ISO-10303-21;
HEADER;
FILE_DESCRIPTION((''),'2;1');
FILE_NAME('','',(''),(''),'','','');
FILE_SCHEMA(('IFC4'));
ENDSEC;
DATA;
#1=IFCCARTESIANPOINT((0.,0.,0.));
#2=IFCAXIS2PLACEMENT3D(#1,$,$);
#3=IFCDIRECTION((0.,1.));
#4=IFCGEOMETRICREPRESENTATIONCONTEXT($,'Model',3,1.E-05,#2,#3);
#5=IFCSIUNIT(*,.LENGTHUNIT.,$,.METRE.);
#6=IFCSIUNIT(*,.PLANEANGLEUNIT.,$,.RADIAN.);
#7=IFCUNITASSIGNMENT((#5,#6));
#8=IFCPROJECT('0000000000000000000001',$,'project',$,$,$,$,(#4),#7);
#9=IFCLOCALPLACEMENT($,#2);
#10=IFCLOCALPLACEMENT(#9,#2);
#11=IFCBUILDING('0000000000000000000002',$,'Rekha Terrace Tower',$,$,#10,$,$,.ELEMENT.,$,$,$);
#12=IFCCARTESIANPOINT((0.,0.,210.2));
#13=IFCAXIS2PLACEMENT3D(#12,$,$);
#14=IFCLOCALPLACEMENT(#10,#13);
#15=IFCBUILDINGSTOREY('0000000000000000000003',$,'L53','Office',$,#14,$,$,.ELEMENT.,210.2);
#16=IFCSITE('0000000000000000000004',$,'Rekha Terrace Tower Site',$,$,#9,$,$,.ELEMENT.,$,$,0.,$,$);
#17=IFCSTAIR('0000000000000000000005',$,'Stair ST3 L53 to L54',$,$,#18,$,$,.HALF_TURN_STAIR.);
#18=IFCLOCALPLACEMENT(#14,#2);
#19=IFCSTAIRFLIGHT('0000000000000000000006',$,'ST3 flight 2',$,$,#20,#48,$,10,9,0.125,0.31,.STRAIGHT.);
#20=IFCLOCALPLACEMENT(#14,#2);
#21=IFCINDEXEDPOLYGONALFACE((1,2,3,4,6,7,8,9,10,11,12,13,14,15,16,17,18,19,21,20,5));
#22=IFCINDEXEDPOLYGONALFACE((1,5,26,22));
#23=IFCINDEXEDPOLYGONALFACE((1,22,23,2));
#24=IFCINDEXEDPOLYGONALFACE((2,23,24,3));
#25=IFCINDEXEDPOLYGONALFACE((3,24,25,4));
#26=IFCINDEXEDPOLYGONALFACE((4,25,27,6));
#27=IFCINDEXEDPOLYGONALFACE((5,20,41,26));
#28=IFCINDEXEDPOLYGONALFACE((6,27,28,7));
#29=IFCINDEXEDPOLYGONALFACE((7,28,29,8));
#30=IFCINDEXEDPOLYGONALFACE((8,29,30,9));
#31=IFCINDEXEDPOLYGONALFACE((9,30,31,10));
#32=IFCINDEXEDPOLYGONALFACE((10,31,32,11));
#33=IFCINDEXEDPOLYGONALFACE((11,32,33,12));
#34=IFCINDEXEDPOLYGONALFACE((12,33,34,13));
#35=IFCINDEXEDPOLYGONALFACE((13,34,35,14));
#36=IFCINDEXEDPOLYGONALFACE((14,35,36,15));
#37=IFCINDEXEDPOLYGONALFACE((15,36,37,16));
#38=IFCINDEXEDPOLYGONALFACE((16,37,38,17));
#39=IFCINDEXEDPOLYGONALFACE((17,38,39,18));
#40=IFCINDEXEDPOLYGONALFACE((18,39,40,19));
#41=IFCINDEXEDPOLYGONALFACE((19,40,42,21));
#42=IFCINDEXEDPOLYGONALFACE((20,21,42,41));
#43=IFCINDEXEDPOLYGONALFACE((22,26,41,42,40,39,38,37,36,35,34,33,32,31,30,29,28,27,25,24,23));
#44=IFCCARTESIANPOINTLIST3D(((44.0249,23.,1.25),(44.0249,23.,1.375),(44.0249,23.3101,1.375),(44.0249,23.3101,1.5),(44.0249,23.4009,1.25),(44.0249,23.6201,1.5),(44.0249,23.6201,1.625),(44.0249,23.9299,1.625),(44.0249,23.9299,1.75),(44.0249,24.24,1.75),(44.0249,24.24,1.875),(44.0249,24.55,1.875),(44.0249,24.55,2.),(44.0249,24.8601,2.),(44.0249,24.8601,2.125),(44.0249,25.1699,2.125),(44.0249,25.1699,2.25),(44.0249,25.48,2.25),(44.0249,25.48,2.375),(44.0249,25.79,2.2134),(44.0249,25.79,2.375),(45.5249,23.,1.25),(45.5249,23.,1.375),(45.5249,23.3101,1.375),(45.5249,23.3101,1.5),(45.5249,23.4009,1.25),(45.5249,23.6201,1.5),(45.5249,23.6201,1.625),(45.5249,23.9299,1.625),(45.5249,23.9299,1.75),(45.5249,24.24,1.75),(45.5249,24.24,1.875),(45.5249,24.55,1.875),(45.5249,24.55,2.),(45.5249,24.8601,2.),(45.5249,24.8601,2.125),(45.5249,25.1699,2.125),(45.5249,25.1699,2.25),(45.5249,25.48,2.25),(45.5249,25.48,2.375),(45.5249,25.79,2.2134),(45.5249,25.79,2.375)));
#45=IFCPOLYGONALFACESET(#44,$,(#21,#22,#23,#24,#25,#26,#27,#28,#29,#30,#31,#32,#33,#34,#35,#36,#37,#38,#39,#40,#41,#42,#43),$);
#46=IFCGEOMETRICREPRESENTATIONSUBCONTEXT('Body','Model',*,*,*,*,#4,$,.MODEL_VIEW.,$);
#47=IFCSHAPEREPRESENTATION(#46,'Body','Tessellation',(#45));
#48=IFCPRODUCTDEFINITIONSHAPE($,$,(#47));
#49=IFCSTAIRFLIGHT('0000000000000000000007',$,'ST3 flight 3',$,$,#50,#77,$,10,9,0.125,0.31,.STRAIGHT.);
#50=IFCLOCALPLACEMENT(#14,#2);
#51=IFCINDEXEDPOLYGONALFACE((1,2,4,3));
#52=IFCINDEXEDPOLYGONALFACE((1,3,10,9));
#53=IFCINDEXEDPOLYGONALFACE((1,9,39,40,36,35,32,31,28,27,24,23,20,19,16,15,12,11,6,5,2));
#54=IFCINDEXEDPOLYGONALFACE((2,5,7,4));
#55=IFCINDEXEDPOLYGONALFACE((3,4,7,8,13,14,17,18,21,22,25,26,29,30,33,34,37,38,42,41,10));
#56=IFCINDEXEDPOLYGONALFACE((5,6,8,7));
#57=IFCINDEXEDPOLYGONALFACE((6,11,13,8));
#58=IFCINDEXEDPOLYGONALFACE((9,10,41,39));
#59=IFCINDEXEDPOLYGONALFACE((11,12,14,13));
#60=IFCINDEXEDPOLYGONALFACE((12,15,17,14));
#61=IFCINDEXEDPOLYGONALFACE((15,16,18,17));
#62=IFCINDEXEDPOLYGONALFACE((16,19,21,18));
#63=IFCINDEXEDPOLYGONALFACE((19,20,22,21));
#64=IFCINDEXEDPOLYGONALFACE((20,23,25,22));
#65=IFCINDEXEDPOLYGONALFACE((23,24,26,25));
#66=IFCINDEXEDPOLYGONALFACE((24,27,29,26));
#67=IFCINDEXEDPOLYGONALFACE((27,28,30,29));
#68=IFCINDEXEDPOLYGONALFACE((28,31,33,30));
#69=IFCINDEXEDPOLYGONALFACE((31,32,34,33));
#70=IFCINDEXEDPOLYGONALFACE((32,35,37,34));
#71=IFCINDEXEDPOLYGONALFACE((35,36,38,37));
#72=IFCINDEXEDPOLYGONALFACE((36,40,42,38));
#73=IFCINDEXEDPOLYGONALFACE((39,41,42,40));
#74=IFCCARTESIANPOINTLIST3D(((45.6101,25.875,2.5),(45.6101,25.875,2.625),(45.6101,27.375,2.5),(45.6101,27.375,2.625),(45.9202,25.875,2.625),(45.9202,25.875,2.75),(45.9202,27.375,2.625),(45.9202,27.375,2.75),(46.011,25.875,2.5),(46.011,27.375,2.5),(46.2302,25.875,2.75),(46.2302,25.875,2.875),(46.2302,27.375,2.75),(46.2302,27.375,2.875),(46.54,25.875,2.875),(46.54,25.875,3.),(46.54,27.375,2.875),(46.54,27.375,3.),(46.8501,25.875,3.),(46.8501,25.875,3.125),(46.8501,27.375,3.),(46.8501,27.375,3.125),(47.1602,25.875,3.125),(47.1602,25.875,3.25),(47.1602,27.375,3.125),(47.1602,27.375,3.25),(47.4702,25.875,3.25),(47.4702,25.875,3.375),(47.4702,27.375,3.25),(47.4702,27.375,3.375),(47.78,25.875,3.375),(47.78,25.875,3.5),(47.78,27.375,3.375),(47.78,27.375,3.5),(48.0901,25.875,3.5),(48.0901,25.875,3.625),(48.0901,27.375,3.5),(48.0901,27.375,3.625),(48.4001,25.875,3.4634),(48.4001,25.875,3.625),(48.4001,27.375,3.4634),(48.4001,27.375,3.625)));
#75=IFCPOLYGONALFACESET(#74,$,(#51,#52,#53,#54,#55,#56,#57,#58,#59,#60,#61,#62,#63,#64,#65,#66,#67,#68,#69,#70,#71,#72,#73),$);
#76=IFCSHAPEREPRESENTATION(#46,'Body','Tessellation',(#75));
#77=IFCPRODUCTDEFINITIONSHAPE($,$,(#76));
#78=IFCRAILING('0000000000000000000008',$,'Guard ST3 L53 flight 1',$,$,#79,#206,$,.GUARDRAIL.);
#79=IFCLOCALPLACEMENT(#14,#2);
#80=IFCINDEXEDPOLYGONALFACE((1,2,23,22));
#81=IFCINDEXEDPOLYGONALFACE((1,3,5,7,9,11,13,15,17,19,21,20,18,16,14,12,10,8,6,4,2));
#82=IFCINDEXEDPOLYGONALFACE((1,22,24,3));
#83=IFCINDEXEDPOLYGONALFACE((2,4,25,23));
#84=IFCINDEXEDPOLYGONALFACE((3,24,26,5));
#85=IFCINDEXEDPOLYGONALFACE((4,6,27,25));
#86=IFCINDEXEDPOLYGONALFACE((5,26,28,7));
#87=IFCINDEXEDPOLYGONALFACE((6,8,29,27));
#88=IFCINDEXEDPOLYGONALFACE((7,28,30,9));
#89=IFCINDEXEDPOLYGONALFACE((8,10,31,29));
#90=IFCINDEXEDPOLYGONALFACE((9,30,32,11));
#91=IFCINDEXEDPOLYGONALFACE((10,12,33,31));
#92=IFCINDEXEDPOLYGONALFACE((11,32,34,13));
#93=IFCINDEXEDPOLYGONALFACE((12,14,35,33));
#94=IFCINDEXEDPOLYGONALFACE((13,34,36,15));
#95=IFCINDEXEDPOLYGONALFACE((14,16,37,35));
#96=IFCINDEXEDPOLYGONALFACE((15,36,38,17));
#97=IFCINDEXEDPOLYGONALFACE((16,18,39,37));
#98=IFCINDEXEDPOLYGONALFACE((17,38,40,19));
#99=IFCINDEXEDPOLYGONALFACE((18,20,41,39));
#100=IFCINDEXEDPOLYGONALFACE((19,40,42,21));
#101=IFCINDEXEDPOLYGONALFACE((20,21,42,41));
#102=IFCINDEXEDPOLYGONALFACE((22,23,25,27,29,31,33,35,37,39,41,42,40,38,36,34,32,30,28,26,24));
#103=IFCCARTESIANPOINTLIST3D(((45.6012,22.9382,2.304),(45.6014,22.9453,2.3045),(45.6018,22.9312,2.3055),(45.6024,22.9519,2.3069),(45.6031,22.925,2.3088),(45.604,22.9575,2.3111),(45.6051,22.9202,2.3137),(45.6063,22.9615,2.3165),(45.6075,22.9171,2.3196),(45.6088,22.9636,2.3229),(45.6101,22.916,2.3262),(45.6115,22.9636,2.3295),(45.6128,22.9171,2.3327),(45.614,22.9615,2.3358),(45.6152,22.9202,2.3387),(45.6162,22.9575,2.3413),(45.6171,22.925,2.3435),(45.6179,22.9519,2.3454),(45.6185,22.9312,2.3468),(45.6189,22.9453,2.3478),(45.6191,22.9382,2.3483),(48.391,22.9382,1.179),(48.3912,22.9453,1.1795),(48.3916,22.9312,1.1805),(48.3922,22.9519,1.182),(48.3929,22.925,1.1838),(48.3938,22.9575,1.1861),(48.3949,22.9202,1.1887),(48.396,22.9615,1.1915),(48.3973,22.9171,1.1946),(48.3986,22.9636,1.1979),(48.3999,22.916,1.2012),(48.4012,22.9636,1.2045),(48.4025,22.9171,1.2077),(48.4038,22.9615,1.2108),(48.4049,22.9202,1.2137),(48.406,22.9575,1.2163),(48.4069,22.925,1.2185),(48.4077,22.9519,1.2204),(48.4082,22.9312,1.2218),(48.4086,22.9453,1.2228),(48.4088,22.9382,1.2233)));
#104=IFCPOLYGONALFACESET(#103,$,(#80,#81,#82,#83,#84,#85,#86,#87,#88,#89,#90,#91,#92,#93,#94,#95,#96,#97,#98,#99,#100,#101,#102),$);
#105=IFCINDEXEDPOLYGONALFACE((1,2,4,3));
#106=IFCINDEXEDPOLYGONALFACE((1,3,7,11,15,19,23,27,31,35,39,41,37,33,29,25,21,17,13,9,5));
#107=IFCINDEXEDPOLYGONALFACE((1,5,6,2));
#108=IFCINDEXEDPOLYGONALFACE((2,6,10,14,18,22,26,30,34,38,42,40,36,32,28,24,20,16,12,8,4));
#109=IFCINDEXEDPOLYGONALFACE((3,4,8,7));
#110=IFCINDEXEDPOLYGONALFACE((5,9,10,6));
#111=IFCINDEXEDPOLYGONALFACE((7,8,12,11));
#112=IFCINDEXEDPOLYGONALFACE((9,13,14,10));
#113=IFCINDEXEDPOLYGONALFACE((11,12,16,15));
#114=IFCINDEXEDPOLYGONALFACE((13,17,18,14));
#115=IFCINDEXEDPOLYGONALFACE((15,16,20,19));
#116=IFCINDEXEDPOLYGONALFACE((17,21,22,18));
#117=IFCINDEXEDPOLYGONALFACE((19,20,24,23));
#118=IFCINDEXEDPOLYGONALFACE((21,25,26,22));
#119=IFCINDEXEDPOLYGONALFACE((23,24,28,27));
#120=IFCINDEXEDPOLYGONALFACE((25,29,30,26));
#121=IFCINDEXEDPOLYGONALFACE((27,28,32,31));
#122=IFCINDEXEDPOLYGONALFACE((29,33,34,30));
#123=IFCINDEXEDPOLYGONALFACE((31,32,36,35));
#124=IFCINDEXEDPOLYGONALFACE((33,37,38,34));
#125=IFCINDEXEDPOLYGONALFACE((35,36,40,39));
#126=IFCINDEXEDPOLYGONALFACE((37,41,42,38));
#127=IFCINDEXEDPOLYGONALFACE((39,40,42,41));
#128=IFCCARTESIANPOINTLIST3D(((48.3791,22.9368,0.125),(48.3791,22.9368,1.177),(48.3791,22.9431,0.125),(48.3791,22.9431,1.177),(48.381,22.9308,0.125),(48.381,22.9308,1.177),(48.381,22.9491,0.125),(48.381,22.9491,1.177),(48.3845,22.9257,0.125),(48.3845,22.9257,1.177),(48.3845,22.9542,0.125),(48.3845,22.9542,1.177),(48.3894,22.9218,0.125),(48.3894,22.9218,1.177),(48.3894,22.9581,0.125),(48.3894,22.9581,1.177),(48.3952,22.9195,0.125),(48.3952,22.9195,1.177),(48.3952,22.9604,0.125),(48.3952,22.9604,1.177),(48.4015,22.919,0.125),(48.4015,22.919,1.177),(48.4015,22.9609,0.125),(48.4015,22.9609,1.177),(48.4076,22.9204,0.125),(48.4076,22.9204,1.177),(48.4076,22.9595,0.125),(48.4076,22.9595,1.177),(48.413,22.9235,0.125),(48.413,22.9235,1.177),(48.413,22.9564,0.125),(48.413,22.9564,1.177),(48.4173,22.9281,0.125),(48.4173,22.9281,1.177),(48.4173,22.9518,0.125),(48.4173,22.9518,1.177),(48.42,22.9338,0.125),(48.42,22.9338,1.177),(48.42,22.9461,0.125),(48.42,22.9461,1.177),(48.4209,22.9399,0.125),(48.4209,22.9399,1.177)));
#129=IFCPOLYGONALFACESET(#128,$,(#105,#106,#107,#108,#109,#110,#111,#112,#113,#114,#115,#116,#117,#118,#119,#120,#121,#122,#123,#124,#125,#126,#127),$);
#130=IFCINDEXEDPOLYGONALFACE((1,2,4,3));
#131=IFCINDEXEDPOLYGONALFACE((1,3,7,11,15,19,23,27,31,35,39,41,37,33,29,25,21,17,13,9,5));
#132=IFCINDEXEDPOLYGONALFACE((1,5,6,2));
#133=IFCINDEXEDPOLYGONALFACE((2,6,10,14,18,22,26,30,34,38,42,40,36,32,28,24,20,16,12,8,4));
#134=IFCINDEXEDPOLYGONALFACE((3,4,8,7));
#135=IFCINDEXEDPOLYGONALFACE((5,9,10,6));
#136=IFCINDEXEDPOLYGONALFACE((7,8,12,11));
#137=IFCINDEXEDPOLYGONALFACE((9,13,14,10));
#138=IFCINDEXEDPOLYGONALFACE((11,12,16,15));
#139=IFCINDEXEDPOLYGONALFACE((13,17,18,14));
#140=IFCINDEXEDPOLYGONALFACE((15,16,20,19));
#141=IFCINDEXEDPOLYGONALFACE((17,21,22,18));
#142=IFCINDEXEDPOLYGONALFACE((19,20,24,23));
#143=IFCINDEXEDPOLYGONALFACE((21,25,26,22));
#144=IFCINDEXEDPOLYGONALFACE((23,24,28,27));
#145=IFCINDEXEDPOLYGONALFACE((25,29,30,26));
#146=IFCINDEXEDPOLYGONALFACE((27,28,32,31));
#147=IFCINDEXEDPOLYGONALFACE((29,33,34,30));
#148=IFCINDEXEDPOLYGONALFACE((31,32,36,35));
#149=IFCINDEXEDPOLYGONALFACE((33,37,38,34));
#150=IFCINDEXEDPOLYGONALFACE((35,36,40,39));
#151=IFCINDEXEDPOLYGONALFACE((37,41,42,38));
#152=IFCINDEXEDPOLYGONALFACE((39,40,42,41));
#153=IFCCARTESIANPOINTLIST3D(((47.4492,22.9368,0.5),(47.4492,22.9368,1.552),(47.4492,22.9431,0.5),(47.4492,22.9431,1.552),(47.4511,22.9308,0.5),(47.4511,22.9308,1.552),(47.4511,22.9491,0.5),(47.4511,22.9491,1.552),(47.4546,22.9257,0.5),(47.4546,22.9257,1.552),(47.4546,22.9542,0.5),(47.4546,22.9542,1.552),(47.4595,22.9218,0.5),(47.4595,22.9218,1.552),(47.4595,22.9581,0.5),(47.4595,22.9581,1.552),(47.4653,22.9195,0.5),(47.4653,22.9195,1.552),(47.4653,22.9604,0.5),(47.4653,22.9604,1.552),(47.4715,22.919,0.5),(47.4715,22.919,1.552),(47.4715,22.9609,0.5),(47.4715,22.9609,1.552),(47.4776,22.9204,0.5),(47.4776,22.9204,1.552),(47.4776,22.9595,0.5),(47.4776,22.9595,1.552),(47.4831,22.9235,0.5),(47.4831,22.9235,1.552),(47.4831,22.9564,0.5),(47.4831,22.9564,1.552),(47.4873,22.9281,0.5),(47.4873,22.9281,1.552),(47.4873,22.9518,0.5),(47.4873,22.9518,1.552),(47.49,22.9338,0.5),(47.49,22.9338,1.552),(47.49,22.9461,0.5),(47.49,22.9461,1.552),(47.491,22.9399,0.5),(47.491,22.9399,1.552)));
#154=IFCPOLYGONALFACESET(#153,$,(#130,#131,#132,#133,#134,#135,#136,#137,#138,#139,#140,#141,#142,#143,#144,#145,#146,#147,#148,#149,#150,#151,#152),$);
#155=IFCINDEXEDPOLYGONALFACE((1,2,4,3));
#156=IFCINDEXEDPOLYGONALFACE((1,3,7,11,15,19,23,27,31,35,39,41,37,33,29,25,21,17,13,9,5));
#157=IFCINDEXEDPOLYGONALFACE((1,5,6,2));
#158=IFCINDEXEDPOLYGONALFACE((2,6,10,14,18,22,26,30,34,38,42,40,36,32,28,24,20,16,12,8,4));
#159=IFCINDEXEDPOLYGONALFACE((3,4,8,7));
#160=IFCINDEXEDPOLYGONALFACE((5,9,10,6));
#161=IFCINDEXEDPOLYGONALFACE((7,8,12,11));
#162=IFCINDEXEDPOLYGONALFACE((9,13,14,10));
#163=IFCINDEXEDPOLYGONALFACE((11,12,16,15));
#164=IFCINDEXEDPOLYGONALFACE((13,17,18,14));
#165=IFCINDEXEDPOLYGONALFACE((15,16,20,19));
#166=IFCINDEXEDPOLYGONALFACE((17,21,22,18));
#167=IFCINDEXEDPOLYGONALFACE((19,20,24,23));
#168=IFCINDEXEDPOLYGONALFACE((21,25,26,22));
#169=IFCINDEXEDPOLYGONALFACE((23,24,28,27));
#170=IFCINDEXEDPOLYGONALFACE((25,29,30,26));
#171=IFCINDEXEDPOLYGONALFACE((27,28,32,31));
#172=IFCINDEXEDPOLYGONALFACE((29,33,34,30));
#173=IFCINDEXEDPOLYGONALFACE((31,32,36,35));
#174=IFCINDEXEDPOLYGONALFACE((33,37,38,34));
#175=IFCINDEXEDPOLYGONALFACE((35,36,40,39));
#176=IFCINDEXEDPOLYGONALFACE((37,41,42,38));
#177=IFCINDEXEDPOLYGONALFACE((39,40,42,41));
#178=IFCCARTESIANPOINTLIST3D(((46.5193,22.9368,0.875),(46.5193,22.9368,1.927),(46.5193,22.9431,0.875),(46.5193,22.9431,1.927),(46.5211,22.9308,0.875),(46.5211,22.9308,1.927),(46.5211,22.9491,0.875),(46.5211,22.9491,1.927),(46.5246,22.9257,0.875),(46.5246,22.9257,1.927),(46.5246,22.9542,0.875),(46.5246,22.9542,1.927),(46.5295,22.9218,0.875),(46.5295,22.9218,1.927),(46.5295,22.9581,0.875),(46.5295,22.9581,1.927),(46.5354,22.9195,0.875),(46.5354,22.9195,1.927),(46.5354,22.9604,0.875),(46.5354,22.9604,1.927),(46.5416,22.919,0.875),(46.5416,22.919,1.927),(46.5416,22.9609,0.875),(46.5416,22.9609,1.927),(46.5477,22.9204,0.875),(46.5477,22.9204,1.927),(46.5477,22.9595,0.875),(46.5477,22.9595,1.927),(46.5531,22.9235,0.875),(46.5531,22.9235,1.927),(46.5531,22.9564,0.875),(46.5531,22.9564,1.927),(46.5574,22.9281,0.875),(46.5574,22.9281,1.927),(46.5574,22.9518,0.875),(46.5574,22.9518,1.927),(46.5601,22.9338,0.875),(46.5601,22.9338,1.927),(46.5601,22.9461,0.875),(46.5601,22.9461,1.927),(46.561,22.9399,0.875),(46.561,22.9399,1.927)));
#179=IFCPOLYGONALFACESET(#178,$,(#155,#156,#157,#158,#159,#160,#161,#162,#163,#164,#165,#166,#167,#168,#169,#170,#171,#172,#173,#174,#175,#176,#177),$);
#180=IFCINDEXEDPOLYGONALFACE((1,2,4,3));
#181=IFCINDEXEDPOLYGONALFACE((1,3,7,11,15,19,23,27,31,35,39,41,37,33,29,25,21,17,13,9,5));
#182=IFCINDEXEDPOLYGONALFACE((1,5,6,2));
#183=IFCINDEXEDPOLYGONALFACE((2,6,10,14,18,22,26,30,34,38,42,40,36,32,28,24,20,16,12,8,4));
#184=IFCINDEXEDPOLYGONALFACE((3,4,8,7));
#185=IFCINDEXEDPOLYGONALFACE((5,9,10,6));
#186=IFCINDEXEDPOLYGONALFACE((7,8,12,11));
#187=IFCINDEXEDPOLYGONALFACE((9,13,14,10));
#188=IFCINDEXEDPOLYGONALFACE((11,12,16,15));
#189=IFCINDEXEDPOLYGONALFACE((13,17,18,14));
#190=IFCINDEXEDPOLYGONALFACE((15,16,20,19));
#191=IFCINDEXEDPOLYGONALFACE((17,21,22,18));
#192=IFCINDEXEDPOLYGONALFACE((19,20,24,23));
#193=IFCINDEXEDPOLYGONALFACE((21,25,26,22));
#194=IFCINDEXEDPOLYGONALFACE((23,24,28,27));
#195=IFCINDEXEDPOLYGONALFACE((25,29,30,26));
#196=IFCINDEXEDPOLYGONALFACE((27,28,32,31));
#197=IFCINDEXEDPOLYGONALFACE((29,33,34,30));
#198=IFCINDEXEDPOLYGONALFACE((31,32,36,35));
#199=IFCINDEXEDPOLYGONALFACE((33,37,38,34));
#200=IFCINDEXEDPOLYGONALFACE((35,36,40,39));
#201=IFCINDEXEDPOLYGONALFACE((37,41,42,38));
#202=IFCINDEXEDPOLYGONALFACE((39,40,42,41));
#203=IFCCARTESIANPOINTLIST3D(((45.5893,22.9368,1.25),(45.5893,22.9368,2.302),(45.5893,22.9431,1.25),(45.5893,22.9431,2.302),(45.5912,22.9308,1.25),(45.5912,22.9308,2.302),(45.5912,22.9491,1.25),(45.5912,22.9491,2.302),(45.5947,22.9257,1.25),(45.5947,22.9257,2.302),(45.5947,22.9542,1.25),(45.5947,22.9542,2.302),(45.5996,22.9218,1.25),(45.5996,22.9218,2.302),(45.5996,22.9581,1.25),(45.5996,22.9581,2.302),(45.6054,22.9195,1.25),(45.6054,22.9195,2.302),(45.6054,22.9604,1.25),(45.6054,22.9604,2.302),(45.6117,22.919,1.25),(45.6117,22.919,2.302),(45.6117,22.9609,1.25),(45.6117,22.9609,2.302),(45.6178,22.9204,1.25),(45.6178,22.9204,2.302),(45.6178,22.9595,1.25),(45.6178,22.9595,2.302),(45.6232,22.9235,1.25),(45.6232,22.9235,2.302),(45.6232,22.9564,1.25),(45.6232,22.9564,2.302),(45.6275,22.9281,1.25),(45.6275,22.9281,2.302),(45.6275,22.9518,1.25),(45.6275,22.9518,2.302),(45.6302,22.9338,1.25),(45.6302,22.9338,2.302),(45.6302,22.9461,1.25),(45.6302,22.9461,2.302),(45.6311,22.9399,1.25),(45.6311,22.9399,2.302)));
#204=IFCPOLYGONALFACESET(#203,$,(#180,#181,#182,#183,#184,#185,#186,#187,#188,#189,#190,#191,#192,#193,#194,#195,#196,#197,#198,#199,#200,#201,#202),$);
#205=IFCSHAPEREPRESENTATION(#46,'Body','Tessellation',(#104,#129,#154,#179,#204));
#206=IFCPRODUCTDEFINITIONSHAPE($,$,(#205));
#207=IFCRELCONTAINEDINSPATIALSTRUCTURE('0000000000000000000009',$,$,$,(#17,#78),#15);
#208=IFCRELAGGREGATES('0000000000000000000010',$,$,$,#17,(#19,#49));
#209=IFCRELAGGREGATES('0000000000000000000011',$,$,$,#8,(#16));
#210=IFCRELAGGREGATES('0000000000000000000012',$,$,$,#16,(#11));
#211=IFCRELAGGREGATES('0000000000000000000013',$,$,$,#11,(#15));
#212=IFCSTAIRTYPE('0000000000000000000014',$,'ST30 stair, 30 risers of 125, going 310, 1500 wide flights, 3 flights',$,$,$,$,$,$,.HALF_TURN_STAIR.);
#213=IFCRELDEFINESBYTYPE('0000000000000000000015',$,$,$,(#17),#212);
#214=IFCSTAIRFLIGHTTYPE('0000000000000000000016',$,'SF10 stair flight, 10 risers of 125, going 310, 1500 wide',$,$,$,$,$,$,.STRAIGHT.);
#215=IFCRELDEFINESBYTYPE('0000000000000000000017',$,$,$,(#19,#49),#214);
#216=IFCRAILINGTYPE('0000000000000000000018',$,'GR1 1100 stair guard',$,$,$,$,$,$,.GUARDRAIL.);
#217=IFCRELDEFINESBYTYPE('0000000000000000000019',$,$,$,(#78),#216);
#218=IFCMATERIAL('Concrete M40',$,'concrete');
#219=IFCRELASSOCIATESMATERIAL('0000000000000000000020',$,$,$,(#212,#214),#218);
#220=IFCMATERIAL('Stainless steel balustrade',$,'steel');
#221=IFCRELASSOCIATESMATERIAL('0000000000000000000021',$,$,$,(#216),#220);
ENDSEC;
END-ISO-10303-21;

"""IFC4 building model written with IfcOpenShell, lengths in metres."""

from ifc_helpers import new_model, si_unit, direction, frame, origin, origin_2d, place, context, subcontext, project, spatial, polyline, circle, outline, extrude, material, type_object, element, aggregate, save


model = new_model("IFC4")

# Units and contexts
model_context = context("Model", 3, precision=1e-05, world=origin(), true_north=direction((0.0, 1.0)))
body_context = subcontext(model_context, "Body", "Model", "MODEL_VIEW")
ifc_project = project(units=[si_unit("LENGTHUNIT", "METRE"), si_unit("PLANEANGLEUNIT", "RADIAN")], contexts=[model_context])

# Site, building, storey
site_placement = place(None, origin())
site = spatial("IfcSite", under=ifc_project, at=site_placement, Name="Rekha Terrace Tower Site", CompositionType="ELEMENT", RefElevation=0.0)
building_placement = place(site_placement, origin())
building = spatial("IfcBuilding", under=site, at=building_placement, Name="Rekha Terrace Tower", CompositionType="ELEMENT")
storey_placement = place(building_placement, frame((0.0, 0.0, 210.2)))
storey = spatial("IfcBuildingStorey", under=building, at=storey_placement, Name="L53", Description="Office", CompositionType="ELEMENT", Elevation=210.2)

# Stair, stair flights
ifc_material_1 = material(Name="Concrete M40", Category="concrete")
stair_type = type_object("IfcStairType", Name="ST30 stair, 30 risers of 125, going 310, 1500 wide flights, 3 flights", PredefinedType="HALF_TURN_STAIR", material=ifc_material_1)
stair_placement = place(storey_placement, origin())
stair = element("IfcStair", 1, at=stair_placement, inside=storey, type_object=stair_type, Name="Stair ST3 L53 to L54", PredefinedType="HALF_TURN_STAIR")
stair_flight_type = type_object("IfcStairFlightType", Name="SF10 stair flight, 10 risers of 125, going 310, 1500 wide", PredefinedType="STRAIGHT", material=ifc_material_1)
stair_flight_1_placement = place(storey_placement, frame((44.7749, 23.0, 1.25), z_axis=(0.0, 0.0, 1.0), x_axis=(0.0, 1.0, 0.0)))
stair_flight_1 = element("IfcStairFlight", 2, at=stair_flight_1_placement, type_object=stair_flight_type, Name="ST3 flight 2", NumberOfRisers=10, NumberOfTreads=9, PredefinedType="STRAIGHT", RiserHeight=0.125, TreadLength=0.31, context=body_context, shape_type="SweptSolid", body=[
    extrude(outline(polyline([(0.0, 0.0), (0.0, 0.125), (0.3101, 0.125), (0.3101, 0.25), (0.6201, 0.25), (0.6201, 0.375), (0.9299, 0.375), (0.9299, 0.5), (1.24, 0.5), (1.24, 0.625), (1.55, 0.625), (1.55, 0.75), (1.8601, 0.75), (1.8601, 0.875), (2.1699, 0.875), (2.1699, 1.0), (2.48, 1.0), (2.48, 1.125), (2.79, 1.125), (2.79, 1.25), (2.79, 0.9634), (0.4009, 0.0), (0.0, 0.0)])), frame((0.0, 0.75, 0.0), z_axis=(0.0, -1.0, 0.0), x_axis=(1.0, 0.0, 0.0)), (0.0, 0.0, 1.0), 1.5),
])
stair_flight_2_placement = place(storey_placement, frame((45.6101, 26.625, 2.5), z_axis=(0.0, 0.0, 1.0), x_axis=(1.0, 0.0, 0.0)))
stair_flight_2 = element("IfcStairFlight", 3, at=stair_flight_2_placement, type_object=stair_flight_type, Name="ST3 flight 3", NumberOfRisers=10, NumberOfTreads=9, PredefinedType="STRAIGHT", RiserHeight=0.125, TreadLength=0.31, context=body_context, shape_type="SweptSolid", body=[
    extrude(outline(polyline([(0.0, 0.0), (0.0, 0.125), (0.3101, 0.125), (0.3101, 0.25), (0.6201, 0.25), (0.6201, 0.375), (0.9299, 0.375), (0.9299, 0.5), (1.24, 0.5), (1.24, 0.625), (1.55, 0.625), (1.55, 0.75), (1.8601, 0.75), (1.8601, 0.875), (2.1699, 0.875), (2.1699, 1.0), (2.48, 1.0), (2.48, 1.125), (2.79, 1.125), (2.79, 1.25), (2.79, 0.9634), (0.4009, 0.0), (0.0, 0.0)])), frame((0.0, 0.75, 0.0), z_axis=(0.0, -1.0, 0.0), x_axis=(1.0, 0.0, 0.0)), (0.0, 0.0, 1.0), 1.5),
])
aggregate(stair, [stair_flight_1, stair_flight_2])

# Railing
ifc_material_2 = material(Name="Stainless steel balustrade", Category="steel")
railing_type_1 = type_object("IfcRailingType", Name="GR1 1100 stair guard", PredefinedType="GUARDRAIL", material=ifc_material_2)
railing_1_placement = place(storey_placement, frame((48.3999, 22.9399, 0.125)))
element("IfcRailing", 4, at=railing_1_placement, inside=storey, type_object=railing_type_1, Name="Guard ST3 L53 flight 1", PredefinedType="GUARDRAIL", context=body_context, shape_type="SweptSolid", body=[
    extrude(circle(Radius=0.0239, at=origin_2d()), frame((0.0, 0.0, 1.0762), z_axis=(-0.927432, 0.0, 0.373992), x_axis=(0.0, -1.0, 0.0)), (0.0, 0.0, 1.0), 3.0081),
    extrude(circle(Radius=0.021, at=origin_2d()), origin(), (0.0, 0.0, 1.0), 1.052),
    extrude(circle(Radius=0.021, at=origin_2d()), frame((-0.9299, 0.0, 0.375)), (0.0, 0.0, 1.0), 1.052),
    extrude(circle(Radius=0.021, at=origin_2d()), frame((-1.8599, 0.0, 0.75)), (0.0, 0.0, 1.0), 1.052),
    extrude(circle(Radius=0.021, at=origin_2d()), frame((-2.7898, 0.0, 1.125)), (0.0, 0.0, 1.0), 1.052),
])

save(model, "model.ifc")
